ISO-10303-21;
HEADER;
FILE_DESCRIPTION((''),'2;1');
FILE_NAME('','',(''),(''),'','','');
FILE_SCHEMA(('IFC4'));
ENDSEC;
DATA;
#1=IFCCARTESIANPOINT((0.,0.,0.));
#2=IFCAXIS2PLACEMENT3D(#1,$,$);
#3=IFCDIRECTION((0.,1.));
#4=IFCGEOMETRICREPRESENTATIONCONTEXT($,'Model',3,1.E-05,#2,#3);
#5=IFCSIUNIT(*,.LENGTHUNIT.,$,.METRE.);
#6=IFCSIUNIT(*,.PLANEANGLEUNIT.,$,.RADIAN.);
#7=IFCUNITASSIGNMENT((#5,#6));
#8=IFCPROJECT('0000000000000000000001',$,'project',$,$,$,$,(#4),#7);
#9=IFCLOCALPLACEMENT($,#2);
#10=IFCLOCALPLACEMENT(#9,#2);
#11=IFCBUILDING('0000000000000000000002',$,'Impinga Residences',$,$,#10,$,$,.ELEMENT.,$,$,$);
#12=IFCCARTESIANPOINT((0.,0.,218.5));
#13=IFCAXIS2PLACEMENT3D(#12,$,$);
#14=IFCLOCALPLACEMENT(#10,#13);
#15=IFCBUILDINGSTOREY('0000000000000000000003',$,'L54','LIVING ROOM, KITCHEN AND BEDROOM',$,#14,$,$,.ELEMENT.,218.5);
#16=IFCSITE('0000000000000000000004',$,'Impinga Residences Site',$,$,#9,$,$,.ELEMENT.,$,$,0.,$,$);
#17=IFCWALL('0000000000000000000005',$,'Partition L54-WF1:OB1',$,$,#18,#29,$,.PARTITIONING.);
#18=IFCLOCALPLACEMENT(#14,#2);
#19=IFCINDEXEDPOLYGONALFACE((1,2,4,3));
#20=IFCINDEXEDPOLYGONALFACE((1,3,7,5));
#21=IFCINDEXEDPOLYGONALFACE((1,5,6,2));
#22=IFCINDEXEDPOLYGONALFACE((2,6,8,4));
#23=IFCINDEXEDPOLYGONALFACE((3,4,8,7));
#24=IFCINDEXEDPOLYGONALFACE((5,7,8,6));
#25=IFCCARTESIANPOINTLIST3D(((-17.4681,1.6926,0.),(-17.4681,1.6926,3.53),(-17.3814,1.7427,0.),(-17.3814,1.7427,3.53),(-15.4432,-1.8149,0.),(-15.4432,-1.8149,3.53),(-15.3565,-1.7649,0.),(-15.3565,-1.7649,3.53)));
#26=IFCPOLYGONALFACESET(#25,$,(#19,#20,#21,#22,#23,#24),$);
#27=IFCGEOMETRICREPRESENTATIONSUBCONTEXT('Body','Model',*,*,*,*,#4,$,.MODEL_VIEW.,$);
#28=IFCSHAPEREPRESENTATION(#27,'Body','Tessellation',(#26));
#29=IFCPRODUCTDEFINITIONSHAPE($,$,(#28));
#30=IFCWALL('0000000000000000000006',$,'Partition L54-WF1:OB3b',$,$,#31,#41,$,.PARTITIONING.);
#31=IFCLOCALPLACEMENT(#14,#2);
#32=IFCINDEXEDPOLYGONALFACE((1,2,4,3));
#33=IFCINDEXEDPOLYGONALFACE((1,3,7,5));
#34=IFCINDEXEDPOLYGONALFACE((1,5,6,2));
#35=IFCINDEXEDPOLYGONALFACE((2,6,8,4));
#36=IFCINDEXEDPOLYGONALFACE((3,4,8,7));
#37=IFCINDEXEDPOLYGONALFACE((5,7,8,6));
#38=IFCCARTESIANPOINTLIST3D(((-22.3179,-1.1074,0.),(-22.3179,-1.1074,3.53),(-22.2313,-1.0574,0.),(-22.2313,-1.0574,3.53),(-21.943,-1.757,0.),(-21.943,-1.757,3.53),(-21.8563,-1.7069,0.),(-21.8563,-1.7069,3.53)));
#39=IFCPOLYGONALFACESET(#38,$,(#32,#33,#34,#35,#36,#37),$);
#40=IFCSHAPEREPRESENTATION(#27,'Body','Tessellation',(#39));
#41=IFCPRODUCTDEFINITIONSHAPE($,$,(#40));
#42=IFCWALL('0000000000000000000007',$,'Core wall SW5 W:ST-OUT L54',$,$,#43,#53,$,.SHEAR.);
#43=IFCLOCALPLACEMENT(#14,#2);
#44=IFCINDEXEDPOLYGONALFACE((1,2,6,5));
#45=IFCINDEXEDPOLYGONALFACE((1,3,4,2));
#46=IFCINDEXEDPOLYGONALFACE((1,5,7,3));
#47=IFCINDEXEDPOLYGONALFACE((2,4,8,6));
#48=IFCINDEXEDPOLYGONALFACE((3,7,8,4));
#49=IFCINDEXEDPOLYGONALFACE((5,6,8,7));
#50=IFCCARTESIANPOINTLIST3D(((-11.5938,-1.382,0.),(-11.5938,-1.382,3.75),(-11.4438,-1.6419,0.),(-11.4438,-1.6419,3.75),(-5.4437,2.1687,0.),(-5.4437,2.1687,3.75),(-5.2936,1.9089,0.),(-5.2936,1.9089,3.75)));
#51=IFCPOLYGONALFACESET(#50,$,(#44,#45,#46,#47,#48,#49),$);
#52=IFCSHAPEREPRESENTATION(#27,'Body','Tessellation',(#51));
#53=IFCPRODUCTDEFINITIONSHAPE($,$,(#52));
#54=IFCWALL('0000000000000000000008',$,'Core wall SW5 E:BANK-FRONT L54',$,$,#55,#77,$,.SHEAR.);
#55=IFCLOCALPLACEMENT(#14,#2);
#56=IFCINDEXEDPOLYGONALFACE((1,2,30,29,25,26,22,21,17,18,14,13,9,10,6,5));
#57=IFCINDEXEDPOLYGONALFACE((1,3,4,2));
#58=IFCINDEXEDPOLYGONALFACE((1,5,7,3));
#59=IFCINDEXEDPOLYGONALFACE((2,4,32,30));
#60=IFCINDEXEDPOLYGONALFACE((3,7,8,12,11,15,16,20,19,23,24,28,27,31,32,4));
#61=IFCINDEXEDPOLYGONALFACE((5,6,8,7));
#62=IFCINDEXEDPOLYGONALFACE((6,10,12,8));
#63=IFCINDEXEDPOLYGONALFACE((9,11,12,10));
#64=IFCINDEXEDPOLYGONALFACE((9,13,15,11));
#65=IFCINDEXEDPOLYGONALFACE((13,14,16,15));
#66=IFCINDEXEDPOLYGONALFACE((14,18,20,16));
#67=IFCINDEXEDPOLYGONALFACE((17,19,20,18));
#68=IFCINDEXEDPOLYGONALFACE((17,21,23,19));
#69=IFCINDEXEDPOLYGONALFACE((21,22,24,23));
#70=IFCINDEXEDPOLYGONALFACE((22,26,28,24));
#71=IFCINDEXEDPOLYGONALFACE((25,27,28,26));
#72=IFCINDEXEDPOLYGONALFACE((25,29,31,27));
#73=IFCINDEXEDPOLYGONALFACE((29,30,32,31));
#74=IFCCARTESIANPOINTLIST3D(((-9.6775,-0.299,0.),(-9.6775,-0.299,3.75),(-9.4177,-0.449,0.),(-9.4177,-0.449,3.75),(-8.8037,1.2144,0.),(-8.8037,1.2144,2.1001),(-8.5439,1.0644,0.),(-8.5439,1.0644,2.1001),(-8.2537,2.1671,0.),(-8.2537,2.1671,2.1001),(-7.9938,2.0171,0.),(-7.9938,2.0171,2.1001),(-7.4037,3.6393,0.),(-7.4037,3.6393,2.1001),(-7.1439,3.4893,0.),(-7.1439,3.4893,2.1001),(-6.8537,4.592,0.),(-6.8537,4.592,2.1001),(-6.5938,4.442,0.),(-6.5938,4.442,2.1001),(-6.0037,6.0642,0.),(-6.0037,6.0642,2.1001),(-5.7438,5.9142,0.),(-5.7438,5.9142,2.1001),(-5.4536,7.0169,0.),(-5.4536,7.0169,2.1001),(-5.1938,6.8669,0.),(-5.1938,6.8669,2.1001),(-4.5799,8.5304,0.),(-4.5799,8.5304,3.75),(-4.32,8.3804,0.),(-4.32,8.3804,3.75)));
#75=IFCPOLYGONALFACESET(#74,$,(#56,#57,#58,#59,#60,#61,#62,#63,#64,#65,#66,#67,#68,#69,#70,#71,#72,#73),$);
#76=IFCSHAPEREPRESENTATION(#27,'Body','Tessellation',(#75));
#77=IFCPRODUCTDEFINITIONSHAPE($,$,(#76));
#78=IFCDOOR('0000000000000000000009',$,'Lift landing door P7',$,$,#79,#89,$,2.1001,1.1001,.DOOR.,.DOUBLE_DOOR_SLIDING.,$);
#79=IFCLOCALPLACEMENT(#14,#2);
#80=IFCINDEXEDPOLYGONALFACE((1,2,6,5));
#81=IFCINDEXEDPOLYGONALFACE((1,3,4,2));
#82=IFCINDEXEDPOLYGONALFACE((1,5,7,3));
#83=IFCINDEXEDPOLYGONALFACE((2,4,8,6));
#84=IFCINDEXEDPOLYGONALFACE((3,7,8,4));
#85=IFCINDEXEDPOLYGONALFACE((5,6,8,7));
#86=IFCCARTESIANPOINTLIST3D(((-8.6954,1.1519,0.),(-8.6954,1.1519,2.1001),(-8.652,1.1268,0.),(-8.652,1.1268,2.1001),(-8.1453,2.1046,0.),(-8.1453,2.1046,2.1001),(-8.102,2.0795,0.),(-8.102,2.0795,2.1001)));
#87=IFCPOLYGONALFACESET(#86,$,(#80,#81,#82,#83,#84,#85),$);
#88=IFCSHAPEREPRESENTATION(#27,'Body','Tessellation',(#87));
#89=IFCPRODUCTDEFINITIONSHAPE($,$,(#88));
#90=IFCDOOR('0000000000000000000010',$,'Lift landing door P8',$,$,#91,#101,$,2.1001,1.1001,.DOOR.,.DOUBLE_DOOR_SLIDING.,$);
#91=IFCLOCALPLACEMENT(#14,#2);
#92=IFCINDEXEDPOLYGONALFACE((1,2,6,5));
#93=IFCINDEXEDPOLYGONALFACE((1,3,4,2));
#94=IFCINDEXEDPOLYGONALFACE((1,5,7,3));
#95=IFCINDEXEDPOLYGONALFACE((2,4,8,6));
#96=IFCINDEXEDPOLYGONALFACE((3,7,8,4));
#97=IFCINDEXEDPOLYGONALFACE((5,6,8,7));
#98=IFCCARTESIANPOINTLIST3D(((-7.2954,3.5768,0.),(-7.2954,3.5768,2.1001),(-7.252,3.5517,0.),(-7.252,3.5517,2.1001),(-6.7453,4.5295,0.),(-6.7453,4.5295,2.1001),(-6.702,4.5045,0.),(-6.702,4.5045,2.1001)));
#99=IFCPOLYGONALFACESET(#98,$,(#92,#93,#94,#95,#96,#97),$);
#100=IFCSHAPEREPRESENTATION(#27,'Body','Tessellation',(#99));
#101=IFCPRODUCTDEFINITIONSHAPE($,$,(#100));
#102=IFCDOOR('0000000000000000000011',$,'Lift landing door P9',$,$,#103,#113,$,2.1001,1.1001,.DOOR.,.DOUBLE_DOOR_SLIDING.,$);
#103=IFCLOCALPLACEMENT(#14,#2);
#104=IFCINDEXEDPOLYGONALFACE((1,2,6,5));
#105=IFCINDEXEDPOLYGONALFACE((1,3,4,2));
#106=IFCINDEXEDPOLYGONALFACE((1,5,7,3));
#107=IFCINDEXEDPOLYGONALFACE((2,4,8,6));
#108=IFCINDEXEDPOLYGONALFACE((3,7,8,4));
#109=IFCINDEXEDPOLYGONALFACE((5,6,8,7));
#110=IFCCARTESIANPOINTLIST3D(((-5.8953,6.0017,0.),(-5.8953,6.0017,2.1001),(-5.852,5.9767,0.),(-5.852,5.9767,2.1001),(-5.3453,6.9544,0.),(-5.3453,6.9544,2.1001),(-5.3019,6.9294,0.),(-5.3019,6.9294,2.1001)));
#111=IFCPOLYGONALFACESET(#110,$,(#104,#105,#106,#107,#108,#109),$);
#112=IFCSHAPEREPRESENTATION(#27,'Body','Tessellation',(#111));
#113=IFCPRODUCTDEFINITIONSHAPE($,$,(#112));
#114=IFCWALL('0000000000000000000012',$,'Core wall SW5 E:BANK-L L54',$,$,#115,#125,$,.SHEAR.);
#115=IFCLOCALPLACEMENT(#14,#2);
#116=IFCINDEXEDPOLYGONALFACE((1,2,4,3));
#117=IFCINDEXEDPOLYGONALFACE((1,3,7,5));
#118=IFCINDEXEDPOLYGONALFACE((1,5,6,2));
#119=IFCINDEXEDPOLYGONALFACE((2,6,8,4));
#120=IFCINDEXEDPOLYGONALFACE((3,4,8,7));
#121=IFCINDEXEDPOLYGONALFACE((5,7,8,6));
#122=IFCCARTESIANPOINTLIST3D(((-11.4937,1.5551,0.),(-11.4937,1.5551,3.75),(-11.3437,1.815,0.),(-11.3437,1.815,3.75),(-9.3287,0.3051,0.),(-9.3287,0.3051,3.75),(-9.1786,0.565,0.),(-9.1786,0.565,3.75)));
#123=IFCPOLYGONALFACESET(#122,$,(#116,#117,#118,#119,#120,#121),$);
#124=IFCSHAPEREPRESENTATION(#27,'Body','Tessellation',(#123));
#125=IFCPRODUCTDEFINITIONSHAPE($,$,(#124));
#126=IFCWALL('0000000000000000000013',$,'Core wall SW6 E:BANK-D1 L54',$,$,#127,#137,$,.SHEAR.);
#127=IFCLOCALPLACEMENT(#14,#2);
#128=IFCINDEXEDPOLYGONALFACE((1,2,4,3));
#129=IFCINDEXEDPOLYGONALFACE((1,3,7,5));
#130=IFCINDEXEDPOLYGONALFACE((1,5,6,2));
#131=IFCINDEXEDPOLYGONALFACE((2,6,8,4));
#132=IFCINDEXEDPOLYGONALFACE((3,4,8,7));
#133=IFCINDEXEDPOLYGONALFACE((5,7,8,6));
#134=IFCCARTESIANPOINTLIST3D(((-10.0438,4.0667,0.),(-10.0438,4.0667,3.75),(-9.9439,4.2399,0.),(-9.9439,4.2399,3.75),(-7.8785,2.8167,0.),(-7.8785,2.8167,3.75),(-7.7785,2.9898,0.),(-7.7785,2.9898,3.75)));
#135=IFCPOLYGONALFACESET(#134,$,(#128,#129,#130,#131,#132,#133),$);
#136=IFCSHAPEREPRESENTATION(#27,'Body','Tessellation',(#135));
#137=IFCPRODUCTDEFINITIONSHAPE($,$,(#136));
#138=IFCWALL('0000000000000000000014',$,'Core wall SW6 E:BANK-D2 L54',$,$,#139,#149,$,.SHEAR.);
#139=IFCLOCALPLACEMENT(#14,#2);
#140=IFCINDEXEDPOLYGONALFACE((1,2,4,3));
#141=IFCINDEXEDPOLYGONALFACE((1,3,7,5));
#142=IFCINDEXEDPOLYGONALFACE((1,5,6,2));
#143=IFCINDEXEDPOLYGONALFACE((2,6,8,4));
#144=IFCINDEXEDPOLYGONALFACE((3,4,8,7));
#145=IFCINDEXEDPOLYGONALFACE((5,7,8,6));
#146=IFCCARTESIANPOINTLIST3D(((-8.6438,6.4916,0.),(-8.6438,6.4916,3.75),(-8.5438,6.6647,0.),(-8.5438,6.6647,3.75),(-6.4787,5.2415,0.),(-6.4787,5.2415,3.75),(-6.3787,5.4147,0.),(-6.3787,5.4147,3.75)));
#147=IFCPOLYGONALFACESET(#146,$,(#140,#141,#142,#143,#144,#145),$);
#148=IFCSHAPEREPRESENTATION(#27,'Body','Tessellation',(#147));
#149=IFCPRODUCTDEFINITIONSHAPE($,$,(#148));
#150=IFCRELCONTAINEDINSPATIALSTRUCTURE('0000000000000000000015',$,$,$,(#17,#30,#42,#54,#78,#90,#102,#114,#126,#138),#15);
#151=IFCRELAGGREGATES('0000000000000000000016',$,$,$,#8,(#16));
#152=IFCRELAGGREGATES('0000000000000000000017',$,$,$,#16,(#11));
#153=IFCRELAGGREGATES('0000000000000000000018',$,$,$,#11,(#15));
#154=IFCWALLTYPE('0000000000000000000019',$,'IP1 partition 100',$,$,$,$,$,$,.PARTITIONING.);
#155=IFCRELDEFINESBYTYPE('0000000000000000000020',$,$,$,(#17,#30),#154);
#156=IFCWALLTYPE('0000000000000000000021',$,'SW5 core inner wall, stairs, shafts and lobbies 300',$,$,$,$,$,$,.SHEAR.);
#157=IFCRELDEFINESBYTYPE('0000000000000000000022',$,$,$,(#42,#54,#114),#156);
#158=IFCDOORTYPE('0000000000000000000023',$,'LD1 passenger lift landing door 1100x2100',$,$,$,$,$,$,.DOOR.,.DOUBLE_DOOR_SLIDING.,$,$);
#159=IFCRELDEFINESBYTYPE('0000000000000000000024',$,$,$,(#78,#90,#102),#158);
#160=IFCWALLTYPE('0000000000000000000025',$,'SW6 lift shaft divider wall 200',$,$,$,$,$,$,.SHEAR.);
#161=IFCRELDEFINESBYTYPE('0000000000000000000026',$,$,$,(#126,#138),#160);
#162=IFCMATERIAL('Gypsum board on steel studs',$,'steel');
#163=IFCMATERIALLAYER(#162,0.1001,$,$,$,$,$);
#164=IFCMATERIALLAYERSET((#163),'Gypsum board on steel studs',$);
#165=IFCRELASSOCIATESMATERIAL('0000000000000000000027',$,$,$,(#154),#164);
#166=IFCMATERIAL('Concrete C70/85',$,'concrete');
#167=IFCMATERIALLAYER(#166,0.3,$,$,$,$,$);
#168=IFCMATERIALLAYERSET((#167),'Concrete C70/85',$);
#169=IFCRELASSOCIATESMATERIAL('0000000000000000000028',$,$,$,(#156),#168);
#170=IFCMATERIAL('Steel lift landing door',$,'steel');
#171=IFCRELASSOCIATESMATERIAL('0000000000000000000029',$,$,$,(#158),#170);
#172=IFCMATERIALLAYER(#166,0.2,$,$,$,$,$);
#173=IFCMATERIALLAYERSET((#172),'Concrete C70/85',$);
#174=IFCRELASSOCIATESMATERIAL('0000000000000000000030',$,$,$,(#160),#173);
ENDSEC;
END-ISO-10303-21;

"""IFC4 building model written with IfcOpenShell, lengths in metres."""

from ifc_helpers import new_model, si_unit, direction, frame, frame_2d, origin, place, context, subcontext, project, spatial, rectangle, extrude, material, layer, layer_set, type_object, element, fill, save


model = new_model("IFC4")

# Units and contexts
model_context = context("Model", 3, precision=1e-05, world=origin(), true_north=direction((0.0, 1.0)))
body_context = subcontext(model_context, "Body", "Model", "MODEL_VIEW")
ifc_project = project(units=[si_unit("LENGTHUNIT", "METRE"), si_unit("PLANEANGLEUNIT", "RADIAN")], contexts=[model_context])

# Site, building, storey
site_placement = place(None, origin())
site = spatial("IfcSite", under=ifc_project, at=site_placement, Name="Impinga Residences Site", CompositionType="ELEMENT", RefElevation=0.0)
building_placement = place(site_placement, origin())
building = spatial("IfcBuilding", under=site, at=building_placement, Name="Impinga Residences", CompositionType="ELEMENT")
storey_placement = place(building_placement, frame((0.0, 0.0, 218.5)))
storey = spatial("IfcBuildingStorey", under=building, at=storey_placement, Name="L54", Description="LIVING ROOM, KITCHEN AND BEDROOM", CompositionType="ELEMENT", Elevation=218.5)

# Shared definitions
ifc_material_1 = material(Name="Gypsum board on steel studs", Category="steel")
ifc_layer_1 = layer(ifc_material_1, 0.1001)
ifc_layer_set_1 = layer_set([ifc_layer_1], Name="Gypsum board on steel studs")
wall_type_1 = type_object("IfcWallType", Name="IP1 partition 100", PredefinedType="PARTITIONING", material=ifc_layer_set_1)

# Walls
wall_1_placement = place(storey_placement, frame((-15.3999, -1.7898, 0.0), z_axis=(0.0, 0.0, 1.0), x_axis=(-0.499964, 0.866046, 0.0)))
element("IfcWall", 1, at=wall_1_placement, inside=storey, type_object=wall_type_1, Name="Partition L54-WF1:OB1", PredefinedType="PARTITIONING", context=body_context, shape_type="SweptSolid", body=[
    extrude(rectangle(XDim=4.05, YDim=0.1001, at=frame_2d((2.0249, 0.0))), origin(), (0.0, 0.0, 1.0), 3.53),
])
wall_2_placement = place(storey_placement, frame((-21.8997, -1.7319, 0.0), z_axis=(0.0, 0.0, 1.0), x_axis=(-0.49992, 0.866072, 0.0)))
element("IfcWall", 2, at=wall_2_placement, inside=storey, type_object=wall_type_1, Name="Partition L54-WF1:OB3b", PredefinedType="PARTITIONING", context=body_context, shape_type="SweptSolid", body=[
    extrude(rectangle(XDim=0.75, YDim=0.1001, at=frame_2d((0.375, 0.0))), origin(), (0.0, 0.0, 1.0), 3.53),
])
ifc_material_2 = material(Name="Concrete C70/85", Category="concrete")
ifc_layer_2 = layer(ifc_material_2, 0.3)
ifc_layer_set_2 = layer_set([ifc_layer_2], Name="Concrete C70/85")
wall_type_2 = type_object("IfcWallType", Name="SW5 core inner wall, stairs, shafts and lobbies 300", PredefinedType="SHEAR", material=ifc_layer_set_2)
wall_3_placement = place(storey_placement, frame((-5.3687, 2.0388, 0.0), z_axis=(0.0, 0.0, 1.0), x_axis=(-0.866026, -0.499999, 0.0)))
element("IfcWall", 3, at=wall_3_placement, inside=storey, type_object=wall_type_2, Name="Core wall SW5 W:ST-OUT L54", PredefinedType="SHEAR", context=body_context, shape_type="SweptSolid", body=[
    extrude(rectangle(XDim=7.1016, YDim=0.3, at=frame_2d((3.5508, 0.0))), origin(), (0.0, 0.0, 1.0), 3.75),
])

# Wall, openings, doors
wall_4_placement = place(storey_placement, frame((-9.5476, -0.374, 0.0), z_axis=(0.0, 0.0, 1.0), x_axis=(0.500002, 0.866024, 0.0)))
wall_4 = element("IfcWall", 4, at=wall_4_placement, inside=storey, type_object=wall_type_2, Name="Core wall SW5 E:BANK-FRONT L54", PredefinedType="SHEAR", context=body_context, shape_type="SweptSolid", body=[
    extrude(rectangle(XDim=10.1953, YDim=0.3, at=frame_2d((5.0977, 0.0))), origin(), (0.0, 0.0, 1.0), 3.75),
])
opening_1_placement = place(wall_4_placement, frame((1.7476, 0.0, 0.0)))
opening_1 = element("IfcOpeningElement", 5, at=opening_1_placement, cuts=wall_4, PredefinedType="OPENING", context=body_context, shape_type="SweptSolid", body=[
    extrude(rectangle(XDim=1.1001, YDim=2.1001, at=frame_2d((0.55, 1.05))), frame((0.0, 0.1599, 0.0), z_axis=(0.0, -1.0, 0.0), x_axis=(1.0, 0.0, 0.0)), (0.0, 0.0, 1.0), 0.3201),
])
opening_2_placement = place(wall_4_placement, frame((4.5476, 0.0, 0.0)))
opening_2 = element("IfcOpeningElement", 6, at=opening_2_placement, cuts=wall_4, PredefinedType="OPENING", context=body_context, shape_type="SweptSolid", body=[
    extrude(rectangle(XDim=1.1001, YDim=2.1001, at=frame_2d((0.55, 1.05))), frame((0.0, 0.1599, 0.0), z_axis=(0.0, -1.0, 0.0), x_axis=(1.0, 0.0, 0.0)), (0.0, 0.0, 1.0), 0.3201),
])
opening_3_placement = place(wall_4_placement, frame((7.3477, 0.0, 0.0)))
opening_3 = element("IfcOpeningElement", 7, at=opening_3_placement, cuts=wall_4, PredefinedType="OPENING", context=body_context, shape_type="SweptSolid", body=[
    extrude(rectangle(XDim=1.1001, YDim=2.1001, at=frame_2d((0.55, 1.05))), frame((0.0, 0.1599, 0.0), z_axis=(0.0, -1.0, 0.0), x_axis=(1.0, 0.0, 0.0)), (0.0, 0.0, 1.0), 0.3201),
])
ifc_material_3 = material(Name="Steel lift landing door", Category="steel")
door_type_1 = type_object("IfcDoorType", Name="LD1 passenger lift landing door 1100x2100", OperationType="DOUBLE_DOOR_SLIDING", PredefinedType="DOOR", material=ifc_material_3)
door_1_placement = place(opening_1_placement, origin())
door_1 = element("IfcDoor", 8, at=door_1_placement, inside=storey, type_object=door_type_1, Name="Lift landing door P7", OperationType="DOUBLE_DOOR_SLIDING", OverallHeight=2.1001, OverallWidth=1.1001, PredefinedType="DOOR", context=body_context, shape_type="SweptSolid", body=[
    extrude(rectangle(XDim=1.1001, YDim=2.1001, at=frame_2d((0.55, 1.05))), frame((0.0, 0.0249, 0.0), z_axis=(0.0, -1.0, 0.0), x_axis=(1.0, 0.0, 0.0)), (0.0, 0.0, 1.0), 0.05),
])
fill(opening_1, door_1)
door_2_placement = place(opening_2_placement, origin())
door_2 = element("IfcDoor", 9, at=door_2_placement, inside=storey, type_object=door_type_1, Name="Lift landing door P8", OperationType="DOUBLE_DOOR_SLIDING", OverallHeight=2.1001, OverallWidth=1.1001, PredefinedType="DOOR", context=body_context, shape_type="SweptSolid", body=[
    extrude(rectangle(XDim=1.1001, YDim=2.1001, at=frame_2d((0.55, 1.05))), frame((0.0, 0.0249, 0.0), z_axis=(0.0, -1.0, 0.0), x_axis=(1.0, 0.0, 0.0)), (0.0, 0.0, 1.0), 0.05),
])
fill(opening_2, door_2)
door_3_placement = place(opening_3_placement, origin())
door_3 = element("IfcDoor", 10, at=door_3_placement, inside=storey, type_object=door_type_1, Name="Lift landing door P9", OperationType="DOUBLE_DOOR_SLIDING", OverallHeight=2.1001, OverallWidth=1.1001, PredefinedType="DOOR", context=body_context, shape_type="SweptSolid", body=[
    extrude(rectangle(XDim=1.1001, YDim=2.1001, at=frame_2d((0.55, 1.05))), frame((0.0, 0.0249, 0.0), z_axis=(0.0, -1.0, 0.0), x_axis=(1.0, 0.0, 0.0)), (0.0, 0.0, 1.0), 0.05),
])
fill(opening_3, door_3)

# Walls
wall_5_placement = place(storey_placement, frame((-9.2537, 0.4351, 0.0), z_axis=(0.0, 0.0, 1.0), x_axis=(-0.866023, 0.500004, 0.0)))
element("IfcWall", 11, at=wall_5_placement, inside=storey, type_object=wall_type_2, Name="Core wall SW5 E:BANK-L L54", PredefinedType="SHEAR", context=body_context, shape_type="SweptSolid", body=[
    extrude(rectangle(XDim=2.5, YDim=0.3, at=frame_2d((1.25, 0.0))), origin(), (0.0, 0.0, 1.0), 3.75),
])
ifc_layer_3 = layer(ifc_material_2, 0.2)
ifc_layer_set_3 = layer_set([ifc_layer_3], Name="Concrete C70/85")
wall_type_3 = type_object("IfcWallType", Name="SW6 lift shaft divider wall 200", PredefinedType="SHEAR", material=ifc_layer_set_3)
wall_6_placement = place(storey_placement, frame((-7.8286, 2.9033, 0.0), z_axis=(0.0, 0.0, 1.0), x_axis=(-0.866047, 0.499962, 0.0)))
element("IfcWall", 12, at=wall_6_placement, inside=storey, type_object=wall_type_3, Name="Core wall SW6 E:BANK-D1 L54", PredefinedType="SHEAR", context=body_context, shape_type="SweptSolid", body=[
    extrude(rectangle(XDim=2.5002, YDim=0.2, at=frame_2d((1.25, 0.0))), origin(), (0.0, 0.0, 1.0), 3.75),
])
wall_7_placement = place(storey_placement, frame((-6.4287, 5.3281, 0.0), z_axis=(0.0, 0.0, 1.0), x_axis=(-0.866023, 0.500004, 0.0)))
element("IfcWall", 13, at=wall_7_placement, inside=storey, type_object=wall_type_3, Name="Core wall SW6 E:BANK-D2 L54", PredefinedType="SHEAR", context=body_context, shape_type="SweptSolid", body=[
    extrude(rectangle(XDim=2.5, YDim=0.2, at=frame_2d((1.25, 0.0))), origin(), (0.0, 0.0, 1.0), 3.75),
])

save(model, "model.ifc")
